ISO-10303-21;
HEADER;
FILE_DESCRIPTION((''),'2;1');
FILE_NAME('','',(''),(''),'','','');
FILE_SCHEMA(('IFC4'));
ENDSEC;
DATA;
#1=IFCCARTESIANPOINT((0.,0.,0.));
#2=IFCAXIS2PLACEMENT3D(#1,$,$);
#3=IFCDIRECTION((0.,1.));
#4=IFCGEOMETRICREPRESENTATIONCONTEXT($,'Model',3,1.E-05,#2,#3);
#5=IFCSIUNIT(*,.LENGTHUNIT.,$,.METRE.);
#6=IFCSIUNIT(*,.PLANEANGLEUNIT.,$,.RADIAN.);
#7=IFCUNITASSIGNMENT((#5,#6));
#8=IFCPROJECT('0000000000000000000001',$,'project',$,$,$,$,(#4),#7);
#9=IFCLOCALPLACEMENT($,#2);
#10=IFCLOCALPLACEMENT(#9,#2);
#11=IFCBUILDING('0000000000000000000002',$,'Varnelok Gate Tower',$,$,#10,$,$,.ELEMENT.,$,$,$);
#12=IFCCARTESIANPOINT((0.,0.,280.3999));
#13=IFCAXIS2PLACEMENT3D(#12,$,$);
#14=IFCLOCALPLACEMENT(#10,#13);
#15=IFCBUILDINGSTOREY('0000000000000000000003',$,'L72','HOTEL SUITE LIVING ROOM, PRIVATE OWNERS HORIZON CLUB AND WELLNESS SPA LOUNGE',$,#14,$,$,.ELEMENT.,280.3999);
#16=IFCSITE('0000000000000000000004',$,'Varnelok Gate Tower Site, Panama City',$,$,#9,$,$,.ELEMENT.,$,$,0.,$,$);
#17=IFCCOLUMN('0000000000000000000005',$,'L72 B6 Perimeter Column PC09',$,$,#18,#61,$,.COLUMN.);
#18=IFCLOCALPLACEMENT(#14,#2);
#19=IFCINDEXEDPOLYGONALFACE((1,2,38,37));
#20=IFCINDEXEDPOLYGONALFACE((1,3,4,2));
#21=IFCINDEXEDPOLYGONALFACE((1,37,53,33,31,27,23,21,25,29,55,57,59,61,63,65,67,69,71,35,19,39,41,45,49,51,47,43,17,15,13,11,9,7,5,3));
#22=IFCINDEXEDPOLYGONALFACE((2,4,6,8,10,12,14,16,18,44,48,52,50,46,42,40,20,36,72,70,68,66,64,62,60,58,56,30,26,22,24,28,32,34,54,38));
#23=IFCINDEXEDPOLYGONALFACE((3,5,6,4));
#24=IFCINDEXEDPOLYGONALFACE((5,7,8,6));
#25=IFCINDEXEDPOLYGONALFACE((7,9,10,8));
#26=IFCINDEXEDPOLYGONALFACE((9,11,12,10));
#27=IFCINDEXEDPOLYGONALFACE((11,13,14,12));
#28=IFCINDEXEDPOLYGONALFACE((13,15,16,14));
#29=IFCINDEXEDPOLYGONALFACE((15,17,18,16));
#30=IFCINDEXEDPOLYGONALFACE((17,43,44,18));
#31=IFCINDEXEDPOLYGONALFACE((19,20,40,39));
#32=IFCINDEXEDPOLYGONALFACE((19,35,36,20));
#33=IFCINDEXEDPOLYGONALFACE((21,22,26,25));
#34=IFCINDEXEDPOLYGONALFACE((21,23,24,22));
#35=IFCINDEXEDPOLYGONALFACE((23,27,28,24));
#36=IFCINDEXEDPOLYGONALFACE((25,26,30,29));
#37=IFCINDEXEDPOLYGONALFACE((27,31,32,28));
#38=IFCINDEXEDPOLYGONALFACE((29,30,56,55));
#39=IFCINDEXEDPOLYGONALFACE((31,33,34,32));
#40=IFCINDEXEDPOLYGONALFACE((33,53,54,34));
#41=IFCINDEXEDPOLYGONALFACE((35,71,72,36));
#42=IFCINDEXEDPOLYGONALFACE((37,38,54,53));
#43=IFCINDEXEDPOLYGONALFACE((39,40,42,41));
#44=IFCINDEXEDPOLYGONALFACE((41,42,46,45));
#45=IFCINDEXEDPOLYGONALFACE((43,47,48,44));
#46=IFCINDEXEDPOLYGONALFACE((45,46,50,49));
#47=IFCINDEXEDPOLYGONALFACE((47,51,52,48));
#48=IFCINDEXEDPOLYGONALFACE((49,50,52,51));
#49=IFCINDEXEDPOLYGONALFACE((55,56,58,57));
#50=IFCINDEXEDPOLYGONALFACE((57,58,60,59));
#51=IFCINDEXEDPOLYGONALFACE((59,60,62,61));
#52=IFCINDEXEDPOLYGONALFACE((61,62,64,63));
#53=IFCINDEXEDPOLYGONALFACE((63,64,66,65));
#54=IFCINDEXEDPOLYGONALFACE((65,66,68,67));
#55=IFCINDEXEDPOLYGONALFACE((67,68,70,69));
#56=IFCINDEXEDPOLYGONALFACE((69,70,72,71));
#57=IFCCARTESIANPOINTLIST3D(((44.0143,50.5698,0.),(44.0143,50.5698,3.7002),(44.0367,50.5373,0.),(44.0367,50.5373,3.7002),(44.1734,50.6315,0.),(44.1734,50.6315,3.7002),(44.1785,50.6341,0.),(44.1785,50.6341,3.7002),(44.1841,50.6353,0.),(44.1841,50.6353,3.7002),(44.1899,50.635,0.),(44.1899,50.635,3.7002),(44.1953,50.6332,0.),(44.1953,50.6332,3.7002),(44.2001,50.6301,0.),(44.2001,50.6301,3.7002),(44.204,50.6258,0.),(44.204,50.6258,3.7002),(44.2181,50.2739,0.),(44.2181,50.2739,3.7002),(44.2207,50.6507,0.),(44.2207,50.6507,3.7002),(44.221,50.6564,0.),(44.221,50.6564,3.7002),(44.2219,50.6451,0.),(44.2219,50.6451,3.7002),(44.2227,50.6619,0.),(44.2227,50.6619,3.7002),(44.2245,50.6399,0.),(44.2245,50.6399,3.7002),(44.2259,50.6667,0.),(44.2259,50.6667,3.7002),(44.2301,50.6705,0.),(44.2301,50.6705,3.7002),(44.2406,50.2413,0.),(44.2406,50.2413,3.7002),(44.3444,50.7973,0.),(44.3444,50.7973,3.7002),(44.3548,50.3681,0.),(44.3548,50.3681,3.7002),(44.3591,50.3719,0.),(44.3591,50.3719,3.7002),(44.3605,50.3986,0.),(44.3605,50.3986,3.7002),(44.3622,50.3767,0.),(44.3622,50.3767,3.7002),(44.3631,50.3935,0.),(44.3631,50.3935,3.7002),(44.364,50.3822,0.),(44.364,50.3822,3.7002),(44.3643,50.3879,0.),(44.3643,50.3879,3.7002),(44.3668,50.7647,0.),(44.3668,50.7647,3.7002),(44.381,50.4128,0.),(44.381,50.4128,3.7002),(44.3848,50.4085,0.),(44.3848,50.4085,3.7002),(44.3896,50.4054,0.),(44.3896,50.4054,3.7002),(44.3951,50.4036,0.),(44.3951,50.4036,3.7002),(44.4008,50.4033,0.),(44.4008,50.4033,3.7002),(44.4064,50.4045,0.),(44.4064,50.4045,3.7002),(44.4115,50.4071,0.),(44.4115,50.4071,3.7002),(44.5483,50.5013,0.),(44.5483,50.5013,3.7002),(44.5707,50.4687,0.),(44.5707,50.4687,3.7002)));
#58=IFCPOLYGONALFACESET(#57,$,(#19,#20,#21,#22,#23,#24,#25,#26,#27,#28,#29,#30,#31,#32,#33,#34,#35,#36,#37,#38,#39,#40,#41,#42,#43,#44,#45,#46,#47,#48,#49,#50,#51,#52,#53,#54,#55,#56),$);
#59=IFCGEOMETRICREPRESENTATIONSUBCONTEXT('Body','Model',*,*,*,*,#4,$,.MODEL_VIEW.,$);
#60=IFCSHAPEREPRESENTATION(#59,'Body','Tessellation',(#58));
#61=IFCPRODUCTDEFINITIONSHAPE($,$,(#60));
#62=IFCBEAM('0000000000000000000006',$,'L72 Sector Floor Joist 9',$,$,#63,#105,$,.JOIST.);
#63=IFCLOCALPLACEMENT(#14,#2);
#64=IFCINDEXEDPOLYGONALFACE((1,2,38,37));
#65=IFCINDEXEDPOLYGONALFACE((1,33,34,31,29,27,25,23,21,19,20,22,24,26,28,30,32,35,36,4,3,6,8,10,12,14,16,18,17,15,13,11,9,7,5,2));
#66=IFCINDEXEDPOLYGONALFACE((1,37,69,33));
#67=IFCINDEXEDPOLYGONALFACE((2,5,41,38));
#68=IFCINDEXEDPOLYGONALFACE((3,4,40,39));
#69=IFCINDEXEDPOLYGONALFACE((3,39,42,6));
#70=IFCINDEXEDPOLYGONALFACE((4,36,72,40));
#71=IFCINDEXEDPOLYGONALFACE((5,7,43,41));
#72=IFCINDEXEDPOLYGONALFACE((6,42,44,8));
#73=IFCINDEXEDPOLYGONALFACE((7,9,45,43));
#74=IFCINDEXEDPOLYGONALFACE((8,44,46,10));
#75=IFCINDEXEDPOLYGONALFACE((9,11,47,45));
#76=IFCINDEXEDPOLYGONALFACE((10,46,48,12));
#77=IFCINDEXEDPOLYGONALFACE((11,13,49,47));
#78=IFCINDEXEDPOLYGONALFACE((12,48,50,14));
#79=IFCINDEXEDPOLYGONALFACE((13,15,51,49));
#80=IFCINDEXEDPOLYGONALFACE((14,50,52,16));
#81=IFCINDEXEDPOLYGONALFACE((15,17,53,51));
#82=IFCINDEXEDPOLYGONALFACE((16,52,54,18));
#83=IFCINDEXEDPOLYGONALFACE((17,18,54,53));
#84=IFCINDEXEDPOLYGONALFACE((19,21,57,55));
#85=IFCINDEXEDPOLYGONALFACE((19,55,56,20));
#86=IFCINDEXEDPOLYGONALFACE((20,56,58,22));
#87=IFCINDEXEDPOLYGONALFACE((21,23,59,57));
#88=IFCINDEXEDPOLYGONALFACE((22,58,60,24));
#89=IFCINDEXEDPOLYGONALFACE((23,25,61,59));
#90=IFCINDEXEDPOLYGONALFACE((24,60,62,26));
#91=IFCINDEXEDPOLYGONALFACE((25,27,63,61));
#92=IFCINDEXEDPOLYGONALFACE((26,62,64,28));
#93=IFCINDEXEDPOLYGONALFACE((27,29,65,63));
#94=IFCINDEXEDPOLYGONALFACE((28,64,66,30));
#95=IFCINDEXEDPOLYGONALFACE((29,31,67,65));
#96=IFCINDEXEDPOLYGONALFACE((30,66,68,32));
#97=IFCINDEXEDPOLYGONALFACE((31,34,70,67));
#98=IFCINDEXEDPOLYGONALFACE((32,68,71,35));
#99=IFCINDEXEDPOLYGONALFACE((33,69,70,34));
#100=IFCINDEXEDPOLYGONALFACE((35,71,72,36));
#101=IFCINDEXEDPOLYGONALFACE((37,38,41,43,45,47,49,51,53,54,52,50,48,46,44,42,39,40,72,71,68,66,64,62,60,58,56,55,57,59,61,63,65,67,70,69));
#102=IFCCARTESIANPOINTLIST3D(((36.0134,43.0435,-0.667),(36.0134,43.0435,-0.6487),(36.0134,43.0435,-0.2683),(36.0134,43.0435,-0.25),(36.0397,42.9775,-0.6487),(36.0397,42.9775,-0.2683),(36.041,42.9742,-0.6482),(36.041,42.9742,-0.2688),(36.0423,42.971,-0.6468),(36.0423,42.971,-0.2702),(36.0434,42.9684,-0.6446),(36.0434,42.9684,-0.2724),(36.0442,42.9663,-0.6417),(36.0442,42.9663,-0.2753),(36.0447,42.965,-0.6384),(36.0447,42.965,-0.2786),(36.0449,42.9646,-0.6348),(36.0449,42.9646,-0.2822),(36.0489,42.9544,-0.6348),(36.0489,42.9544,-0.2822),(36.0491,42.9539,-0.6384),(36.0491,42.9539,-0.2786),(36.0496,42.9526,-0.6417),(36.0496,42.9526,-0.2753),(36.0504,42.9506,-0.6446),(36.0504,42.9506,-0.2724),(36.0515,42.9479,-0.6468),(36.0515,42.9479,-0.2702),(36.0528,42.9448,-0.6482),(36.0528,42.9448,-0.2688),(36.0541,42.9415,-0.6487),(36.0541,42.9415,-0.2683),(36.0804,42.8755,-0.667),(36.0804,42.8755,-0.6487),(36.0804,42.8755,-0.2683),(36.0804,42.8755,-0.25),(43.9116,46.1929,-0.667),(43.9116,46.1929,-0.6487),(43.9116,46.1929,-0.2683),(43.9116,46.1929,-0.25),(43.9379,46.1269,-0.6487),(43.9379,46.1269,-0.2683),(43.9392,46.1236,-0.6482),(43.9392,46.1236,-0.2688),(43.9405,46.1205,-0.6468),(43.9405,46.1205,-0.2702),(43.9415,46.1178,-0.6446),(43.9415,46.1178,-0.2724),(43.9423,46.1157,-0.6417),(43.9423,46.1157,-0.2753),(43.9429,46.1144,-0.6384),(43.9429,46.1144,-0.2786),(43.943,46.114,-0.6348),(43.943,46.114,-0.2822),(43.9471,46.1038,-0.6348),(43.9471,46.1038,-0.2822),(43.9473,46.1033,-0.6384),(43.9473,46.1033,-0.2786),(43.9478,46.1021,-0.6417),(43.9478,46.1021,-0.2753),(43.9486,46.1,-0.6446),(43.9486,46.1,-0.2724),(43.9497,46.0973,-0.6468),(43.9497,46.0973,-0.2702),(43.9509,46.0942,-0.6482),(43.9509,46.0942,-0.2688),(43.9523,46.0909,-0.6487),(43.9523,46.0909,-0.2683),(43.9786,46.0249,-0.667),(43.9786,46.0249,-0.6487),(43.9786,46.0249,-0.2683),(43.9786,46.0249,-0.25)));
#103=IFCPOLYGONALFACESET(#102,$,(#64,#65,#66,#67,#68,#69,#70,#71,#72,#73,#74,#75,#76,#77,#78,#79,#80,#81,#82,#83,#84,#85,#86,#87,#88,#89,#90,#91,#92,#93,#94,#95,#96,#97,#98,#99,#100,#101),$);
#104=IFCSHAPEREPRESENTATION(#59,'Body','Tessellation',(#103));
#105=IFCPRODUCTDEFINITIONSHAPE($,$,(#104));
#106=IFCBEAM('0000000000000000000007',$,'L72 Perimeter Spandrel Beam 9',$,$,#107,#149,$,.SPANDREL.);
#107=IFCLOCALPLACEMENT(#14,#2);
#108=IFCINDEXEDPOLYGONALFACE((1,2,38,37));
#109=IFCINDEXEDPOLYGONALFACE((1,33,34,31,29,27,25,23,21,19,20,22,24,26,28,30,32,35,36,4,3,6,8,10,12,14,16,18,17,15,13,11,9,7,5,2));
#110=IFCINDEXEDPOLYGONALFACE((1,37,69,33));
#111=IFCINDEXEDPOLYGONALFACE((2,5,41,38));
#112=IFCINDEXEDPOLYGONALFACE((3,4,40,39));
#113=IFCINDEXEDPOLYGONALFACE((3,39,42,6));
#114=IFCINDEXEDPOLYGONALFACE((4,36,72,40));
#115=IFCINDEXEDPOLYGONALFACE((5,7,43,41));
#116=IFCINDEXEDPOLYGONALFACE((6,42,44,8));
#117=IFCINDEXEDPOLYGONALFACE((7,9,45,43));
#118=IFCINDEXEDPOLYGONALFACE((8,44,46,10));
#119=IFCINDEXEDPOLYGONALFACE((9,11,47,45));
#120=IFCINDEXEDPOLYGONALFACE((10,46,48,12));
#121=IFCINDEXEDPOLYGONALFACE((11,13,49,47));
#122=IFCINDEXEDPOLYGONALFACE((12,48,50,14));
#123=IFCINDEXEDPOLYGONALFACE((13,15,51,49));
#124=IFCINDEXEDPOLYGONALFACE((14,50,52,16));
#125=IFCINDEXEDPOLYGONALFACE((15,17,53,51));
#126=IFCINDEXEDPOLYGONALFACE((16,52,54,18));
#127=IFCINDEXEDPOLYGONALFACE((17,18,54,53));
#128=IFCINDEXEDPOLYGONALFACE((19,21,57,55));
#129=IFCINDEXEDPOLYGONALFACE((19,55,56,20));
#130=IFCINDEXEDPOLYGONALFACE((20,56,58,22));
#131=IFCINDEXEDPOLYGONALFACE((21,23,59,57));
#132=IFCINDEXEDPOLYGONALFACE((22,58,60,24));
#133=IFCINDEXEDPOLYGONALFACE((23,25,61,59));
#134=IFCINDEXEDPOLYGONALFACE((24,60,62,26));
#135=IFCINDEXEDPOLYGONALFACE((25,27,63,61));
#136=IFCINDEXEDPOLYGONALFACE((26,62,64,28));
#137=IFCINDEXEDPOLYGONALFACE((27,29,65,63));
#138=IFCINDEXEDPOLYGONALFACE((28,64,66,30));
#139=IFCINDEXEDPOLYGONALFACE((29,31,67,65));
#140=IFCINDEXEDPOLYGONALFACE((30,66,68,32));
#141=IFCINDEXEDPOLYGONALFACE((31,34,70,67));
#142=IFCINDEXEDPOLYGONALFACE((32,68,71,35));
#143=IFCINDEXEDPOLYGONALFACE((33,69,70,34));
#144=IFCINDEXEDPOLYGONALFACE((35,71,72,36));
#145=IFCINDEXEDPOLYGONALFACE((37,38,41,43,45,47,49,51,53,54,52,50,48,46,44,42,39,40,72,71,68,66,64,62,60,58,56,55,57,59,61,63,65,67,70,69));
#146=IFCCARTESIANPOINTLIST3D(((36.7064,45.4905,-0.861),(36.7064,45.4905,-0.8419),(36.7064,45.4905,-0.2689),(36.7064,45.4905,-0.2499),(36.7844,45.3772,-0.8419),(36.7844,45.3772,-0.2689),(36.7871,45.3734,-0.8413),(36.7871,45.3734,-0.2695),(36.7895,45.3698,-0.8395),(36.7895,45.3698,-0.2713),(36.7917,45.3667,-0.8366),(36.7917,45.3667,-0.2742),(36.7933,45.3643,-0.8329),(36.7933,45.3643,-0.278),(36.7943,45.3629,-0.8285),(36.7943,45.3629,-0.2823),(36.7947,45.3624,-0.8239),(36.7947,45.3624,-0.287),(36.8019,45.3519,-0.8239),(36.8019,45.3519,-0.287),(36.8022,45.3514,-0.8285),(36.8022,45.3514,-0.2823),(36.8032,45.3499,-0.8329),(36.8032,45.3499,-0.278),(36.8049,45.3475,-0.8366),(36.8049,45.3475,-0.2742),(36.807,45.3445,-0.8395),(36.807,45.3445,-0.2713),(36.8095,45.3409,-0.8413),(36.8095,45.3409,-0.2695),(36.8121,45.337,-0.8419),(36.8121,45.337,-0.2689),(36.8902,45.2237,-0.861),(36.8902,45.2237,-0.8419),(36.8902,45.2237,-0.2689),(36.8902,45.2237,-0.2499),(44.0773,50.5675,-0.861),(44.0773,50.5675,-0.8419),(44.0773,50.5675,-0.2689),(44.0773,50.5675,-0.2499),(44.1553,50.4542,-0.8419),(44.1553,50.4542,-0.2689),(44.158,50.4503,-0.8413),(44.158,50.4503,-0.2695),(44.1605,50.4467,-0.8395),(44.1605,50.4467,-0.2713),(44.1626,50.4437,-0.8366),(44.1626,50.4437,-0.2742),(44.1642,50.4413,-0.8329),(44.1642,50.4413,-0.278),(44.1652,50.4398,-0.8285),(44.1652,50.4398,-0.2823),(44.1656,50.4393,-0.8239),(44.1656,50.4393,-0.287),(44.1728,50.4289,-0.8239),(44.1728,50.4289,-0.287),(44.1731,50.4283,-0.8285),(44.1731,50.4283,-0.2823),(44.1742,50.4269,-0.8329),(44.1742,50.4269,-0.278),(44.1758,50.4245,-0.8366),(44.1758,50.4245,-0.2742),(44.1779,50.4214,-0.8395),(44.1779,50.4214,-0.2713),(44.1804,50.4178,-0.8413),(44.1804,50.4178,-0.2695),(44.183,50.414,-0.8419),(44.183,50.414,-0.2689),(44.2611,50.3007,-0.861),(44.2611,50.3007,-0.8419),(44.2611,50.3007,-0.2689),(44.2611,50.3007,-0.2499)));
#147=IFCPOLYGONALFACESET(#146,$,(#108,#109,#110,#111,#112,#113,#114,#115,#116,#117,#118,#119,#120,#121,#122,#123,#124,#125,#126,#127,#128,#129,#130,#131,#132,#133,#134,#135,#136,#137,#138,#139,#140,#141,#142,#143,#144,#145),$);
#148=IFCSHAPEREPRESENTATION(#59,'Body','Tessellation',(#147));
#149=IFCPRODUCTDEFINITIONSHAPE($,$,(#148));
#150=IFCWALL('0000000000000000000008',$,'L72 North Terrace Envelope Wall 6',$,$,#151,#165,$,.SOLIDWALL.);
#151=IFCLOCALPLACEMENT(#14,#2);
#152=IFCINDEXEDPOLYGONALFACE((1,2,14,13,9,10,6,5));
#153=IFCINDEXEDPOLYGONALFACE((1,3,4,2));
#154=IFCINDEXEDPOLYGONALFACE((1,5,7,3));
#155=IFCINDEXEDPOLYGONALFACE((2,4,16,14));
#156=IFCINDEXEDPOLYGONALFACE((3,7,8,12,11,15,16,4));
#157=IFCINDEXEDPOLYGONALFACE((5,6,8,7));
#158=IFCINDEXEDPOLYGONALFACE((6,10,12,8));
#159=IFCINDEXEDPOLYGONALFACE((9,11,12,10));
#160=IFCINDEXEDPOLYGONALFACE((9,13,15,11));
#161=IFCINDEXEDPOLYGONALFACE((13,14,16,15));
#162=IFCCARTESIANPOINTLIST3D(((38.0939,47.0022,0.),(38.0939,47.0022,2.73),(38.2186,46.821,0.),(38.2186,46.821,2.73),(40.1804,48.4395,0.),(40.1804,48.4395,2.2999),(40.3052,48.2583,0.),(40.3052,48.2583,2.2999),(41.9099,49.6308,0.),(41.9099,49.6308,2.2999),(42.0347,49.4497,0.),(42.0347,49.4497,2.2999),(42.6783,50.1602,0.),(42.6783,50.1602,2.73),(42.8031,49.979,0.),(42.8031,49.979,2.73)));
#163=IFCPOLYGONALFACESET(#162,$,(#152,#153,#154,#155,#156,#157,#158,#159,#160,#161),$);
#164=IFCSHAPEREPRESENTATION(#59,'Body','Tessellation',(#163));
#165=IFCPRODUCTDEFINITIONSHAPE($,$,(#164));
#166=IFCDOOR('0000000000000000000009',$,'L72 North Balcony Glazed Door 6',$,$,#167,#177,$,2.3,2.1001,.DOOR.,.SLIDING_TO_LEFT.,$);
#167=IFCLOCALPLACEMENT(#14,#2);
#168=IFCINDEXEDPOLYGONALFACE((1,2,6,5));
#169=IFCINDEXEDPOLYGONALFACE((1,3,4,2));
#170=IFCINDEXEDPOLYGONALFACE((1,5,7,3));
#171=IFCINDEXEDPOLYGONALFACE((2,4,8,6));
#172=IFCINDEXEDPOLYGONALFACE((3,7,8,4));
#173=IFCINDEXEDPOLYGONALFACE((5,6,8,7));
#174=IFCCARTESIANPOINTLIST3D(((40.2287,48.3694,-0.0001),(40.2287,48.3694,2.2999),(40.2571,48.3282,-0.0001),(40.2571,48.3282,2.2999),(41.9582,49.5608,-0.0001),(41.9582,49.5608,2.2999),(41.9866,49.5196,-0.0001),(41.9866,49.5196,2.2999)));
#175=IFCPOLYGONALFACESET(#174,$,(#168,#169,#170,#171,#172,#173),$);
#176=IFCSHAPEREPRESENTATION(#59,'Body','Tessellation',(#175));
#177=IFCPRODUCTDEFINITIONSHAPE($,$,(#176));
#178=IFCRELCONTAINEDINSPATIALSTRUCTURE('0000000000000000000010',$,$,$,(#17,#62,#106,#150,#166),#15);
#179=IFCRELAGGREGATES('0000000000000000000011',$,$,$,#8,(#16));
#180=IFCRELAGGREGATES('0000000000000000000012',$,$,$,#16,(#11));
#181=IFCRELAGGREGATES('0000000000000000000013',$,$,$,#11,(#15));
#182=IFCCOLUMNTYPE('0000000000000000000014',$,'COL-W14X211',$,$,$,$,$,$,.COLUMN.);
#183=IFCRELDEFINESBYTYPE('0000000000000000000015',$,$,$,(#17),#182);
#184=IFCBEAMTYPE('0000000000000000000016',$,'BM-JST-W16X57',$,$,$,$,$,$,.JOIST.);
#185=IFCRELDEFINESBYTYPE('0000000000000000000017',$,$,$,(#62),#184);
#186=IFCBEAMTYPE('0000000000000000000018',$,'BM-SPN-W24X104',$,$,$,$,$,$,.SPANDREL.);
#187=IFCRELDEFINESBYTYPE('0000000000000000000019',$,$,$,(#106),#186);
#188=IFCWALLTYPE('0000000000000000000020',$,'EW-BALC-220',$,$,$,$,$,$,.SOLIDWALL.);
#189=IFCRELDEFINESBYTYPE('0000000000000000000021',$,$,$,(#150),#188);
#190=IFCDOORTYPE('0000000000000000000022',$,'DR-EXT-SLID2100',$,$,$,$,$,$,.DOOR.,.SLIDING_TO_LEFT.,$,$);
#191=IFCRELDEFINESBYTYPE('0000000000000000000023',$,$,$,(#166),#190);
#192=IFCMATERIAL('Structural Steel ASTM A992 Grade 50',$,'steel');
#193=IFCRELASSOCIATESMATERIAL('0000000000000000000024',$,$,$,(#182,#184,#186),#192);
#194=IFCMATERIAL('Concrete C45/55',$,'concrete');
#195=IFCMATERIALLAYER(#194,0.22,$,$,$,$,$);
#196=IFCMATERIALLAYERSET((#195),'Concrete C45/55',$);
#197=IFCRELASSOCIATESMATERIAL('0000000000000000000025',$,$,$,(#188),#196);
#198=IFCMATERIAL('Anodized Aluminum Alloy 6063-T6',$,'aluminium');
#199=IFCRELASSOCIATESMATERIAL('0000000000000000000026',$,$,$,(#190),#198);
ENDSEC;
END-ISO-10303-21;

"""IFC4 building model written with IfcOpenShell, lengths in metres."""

from ifc_helpers import new_model, si_unit, direction, frame, frame_2d, origin, origin_2d, place, context, subcontext, project, spatial, rectangle, i_section, extrude, material, layer, layer_set, material_profile, profile_set, type_object, element, fill, save


model = new_model("IFC4")

# Units and contexts
model_context = context("Model", 3, precision=1e-05, world=origin(), true_north=direction((0.0, 1.0)))
body_context = subcontext(model_context, "Body", "Model", "MODEL_VIEW")
ifc_project = project(units=[si_unit("LENGTHUNIT", "METRE"), si_unit("PLANEANGLEUNIT", "RADIAN")], contexts=[model_context])

# Site, building, storey
site_placement = place(None, origin())
site = spatial("IfcSite", under=ifc_project, at=site_placement, Name="Varnelok Gate Tower Site, Panama City", CompositionType="ELEMENT", RefElevation=0.0)
building_placement = place(site_placement, origin())
building = spatial("IfcBuilding", under=site, at=building_placement, Name="Varnelok Gate Tower", CompositionType="ELEMENT")
storey_placement = place(building_placement, frame((0.0, 0.0, 280.3999)))
storey = spatial("IfcBuildingStorey", under=building, at=storey_placement, Name="L72", Description="HOTEL SUITE LIVING ROOM, PRIVATE OWNERS HORIZON CLUB AND WELLNESS SPA LOUNGE", CompositionType="ELEMENT", Elevation=280.3999)

# Column
ifc_material_1 = material(Name="Structural Steel ASTM A992 Grade 50", Category="steel")
ifc_material_profile_1 = material_profile(ifc_material_1, i_section(OverallWidth=0.4009, OverallDepth=0.3989, WebThickness=0.0249, FlangeThickness=0.0396, FilletRadius=0.022, at=origin_2d()), Name="W14X211")
ifc_profile_set_1 = profile_set([ifc_material_profile_1], Name="Structural Steel ASTM A992 Grade 50")
column_type = type_object("IfcColumnType", Name="COL-W14X211", PredefinedType="COLUMN", material=ifc_profile_set_1)
column_placement = place(storey_placement, frame((44.2925, 50.5193, 0.0), z_axis=(0.0, 0.0, 1.0), x_axis=(0.823533, 0.567269, 0.0)))
element("IfcColumn", 1, at=column_placement, inside=storey, type_object=column_type, Name="L72 B6 Perimeter Column PC09", PredefinedType="COLUMN", context=body_context, shape_type="SweptSolid", body=[
    extrude(i_section(OverallWidth=0.4009, OverallDepth=0.3989, WebThickness=0.0249, FlangeThickness=0.0396, FilletRadius=0.022, at=origin_2d()), origin(), (0.0, 0.0, 1.0), 3.7002),
])

# Beams
ifc_material_profile_2 = material_profile(ifc_material_1, i_section(OverallWidth=0.1809, OverallDepth=0.417, WebThickness=0.011, FlangeThickness=0.0183, FilletRadius=0.0139, at=origin_2d()), Name="W16X57")
ifc_profile_set_2 = profile_set([ifc_material_profile_2], Name="Structural Steel ASTM A992 Grade 50")
beam_type_1 = type_object("IfcBeamType", Name="BM-JST-W16X57", PredefinedType="JOIST", material=ifc_profile_set_2)
beam_1_placement = place(storey_placement, frame((43.9451, 46.1089, -0.4585), z_axis=(-0.928876, -0.37039, 0.0), x_axis=(0.37039, -0.928876, 0.0)))
element("IfcBeam", 2, at=beam_1_placement, inside=storey, type_object=beam_type_1, Name="L72 Sector Floor Joist 9", PredefinedType="JOIST", context=body_context, shape_type="SweptSolid", body=[
    extrude(i_section(OverallWidth=0.1809, OverallDepth=0.417, WebThickness=0.011, FlangeThickness=0.0183, FilletRadius=0.0139, at=origin_2d()), origin(), (0.0, 0.0, 1.0), 8.5029),
])
ifc_material_profile_3 = material_profile(ifc_material_1, i_section(OverallWidth=0.324, OverallDepth=0.6111, WebThickness=0.0127, FlangeThickness=0.019, FilletRadius=0.0181, at=origin_2d()), Name="W24X104")
ifc_profile_set_3 = profile_set([ifc_material_profile_3], Name="Structural Steel ASTM A992 Grade 50")
beam_type_2 = type_object("IfcBeamType", Name="BM-SPN-W24X104", PredefinedType="SPANDREL", material=ifc_profile_set_3)
beam_2_placement = place(storey_placement, frame((44.1692, 50.4341, -0.5554), z_axis=(-0.823549, -0.567245, 0.0), x_axis=(0.567245, -0.823549, 0.0)))
element("IfcBeam", 3, at=beam_2_placement, inside=storey, type_object=beam_type_2, Name="L72 Perimeter Spandrel Beam 9", PredefinedType="SPANDREL", context=body_context, shape_type="SweptSolid", body=[
    extrude(i_section(OverallWidth=0.324, OverallDepth=0.6111, WebThickness=0.0127, FlangeThickness=0.019, FilletRadius=0.0181, at=origin_2d()), origin(), (0.0, 0.0, 1.0), 8.9502),
])

# Wall, opening, door
ifc_material_2 = material(Name="Concrete C45/55", Category="concrete")
ifc_layer_1 = layer(ifc_material_2, 0.22)
ifc_layer_set_1 = layer_set([ifc_layer_1], Name="Concrete C45/55")
wall_type_1 = type_object("IfcWallType", Name="EW-BALC-220", PredefinedType="SOLIDWALL", material=ifc_layer_set_1)
wall_1_placement = place(storey_placement, frame((38.1562, 46.9116, 0.0), z_axis=(0.0, 0.0, 1.0), x_axis=(0.823527, 0.567277, 0.0)))
wall_1 = element("IfcWall", 4, at=wall_1_placement, inside=storey, type_object=wall_type_1, Name="L72 North Terrace Envelope Wall 6", PredefinedType="SOLIDWALL", context=body_context, shape_type="SweptSolid", body=[
    extrude(rectangle(XDim=5.5669, YDim=0.22, at=frame_2d((2.7834, 0.0))), origin(), (0.0, 0.0, 1.0), 2.73),
])
opening_1_placement = place(wall_1_placement, frame((2.5337, 0.0, 0.0)))
opening_1 = element("IfcOpeningElement", 5, at=opening_1_placement, cuts=wall_1, PredefinedType="OPENING", context=body_context, shape_type="SweptSolid", body=[
    extrude(rectangle(XDim=2.1001, YDim=2.3, at=frame_2d((1.05, 1.1499))), frame((0.0, 0.1199, 0.0), z_axis=(0.0, -1.0, 0.0), x_axis=(1.0, 0.0, 0.0)), (0.0, 0.0, 1.0), 0.24),
])
ifc_material_3 = material(Name="Anodized Aluminum Alloy 6063-T6", Category="aluminium")
door_type_1 = type_object("IfcDoorType", Name="DR-EXT-SLID2100", OperationType="SLIDING_TO_LEFT", PredefinedType="DOOR", material=ifc_material_3)
door_1_placement = place(opening_1_placement, origin())
door_1 = element("IfcDoor", 6, at=door_1_placement, inside=storey, type_object=door_type_1, Name="L72 North Balcony Glazed Door 6", OperationType="SLIDING_TO_LEFT", OverallHeight=2.3, OverallWidth=2.1001, PredefinedType="DOOR", context=body_context, shape_type="SweptSolid", body=[
    extrude(rectangle(XDim=2.1001, YDim=2.3, at=frame_2d((1.05, 1.1499))), frame((0.0, 0.0249, 0.0), z_axis=(0.0, -1.0, 0.0), x_axis=(1.0, 0.0, 0.0)), (0.0, 0.0, 1.0), 0.05),
])
fill(opening_1, door_1)

save(model, "model.ifc")
